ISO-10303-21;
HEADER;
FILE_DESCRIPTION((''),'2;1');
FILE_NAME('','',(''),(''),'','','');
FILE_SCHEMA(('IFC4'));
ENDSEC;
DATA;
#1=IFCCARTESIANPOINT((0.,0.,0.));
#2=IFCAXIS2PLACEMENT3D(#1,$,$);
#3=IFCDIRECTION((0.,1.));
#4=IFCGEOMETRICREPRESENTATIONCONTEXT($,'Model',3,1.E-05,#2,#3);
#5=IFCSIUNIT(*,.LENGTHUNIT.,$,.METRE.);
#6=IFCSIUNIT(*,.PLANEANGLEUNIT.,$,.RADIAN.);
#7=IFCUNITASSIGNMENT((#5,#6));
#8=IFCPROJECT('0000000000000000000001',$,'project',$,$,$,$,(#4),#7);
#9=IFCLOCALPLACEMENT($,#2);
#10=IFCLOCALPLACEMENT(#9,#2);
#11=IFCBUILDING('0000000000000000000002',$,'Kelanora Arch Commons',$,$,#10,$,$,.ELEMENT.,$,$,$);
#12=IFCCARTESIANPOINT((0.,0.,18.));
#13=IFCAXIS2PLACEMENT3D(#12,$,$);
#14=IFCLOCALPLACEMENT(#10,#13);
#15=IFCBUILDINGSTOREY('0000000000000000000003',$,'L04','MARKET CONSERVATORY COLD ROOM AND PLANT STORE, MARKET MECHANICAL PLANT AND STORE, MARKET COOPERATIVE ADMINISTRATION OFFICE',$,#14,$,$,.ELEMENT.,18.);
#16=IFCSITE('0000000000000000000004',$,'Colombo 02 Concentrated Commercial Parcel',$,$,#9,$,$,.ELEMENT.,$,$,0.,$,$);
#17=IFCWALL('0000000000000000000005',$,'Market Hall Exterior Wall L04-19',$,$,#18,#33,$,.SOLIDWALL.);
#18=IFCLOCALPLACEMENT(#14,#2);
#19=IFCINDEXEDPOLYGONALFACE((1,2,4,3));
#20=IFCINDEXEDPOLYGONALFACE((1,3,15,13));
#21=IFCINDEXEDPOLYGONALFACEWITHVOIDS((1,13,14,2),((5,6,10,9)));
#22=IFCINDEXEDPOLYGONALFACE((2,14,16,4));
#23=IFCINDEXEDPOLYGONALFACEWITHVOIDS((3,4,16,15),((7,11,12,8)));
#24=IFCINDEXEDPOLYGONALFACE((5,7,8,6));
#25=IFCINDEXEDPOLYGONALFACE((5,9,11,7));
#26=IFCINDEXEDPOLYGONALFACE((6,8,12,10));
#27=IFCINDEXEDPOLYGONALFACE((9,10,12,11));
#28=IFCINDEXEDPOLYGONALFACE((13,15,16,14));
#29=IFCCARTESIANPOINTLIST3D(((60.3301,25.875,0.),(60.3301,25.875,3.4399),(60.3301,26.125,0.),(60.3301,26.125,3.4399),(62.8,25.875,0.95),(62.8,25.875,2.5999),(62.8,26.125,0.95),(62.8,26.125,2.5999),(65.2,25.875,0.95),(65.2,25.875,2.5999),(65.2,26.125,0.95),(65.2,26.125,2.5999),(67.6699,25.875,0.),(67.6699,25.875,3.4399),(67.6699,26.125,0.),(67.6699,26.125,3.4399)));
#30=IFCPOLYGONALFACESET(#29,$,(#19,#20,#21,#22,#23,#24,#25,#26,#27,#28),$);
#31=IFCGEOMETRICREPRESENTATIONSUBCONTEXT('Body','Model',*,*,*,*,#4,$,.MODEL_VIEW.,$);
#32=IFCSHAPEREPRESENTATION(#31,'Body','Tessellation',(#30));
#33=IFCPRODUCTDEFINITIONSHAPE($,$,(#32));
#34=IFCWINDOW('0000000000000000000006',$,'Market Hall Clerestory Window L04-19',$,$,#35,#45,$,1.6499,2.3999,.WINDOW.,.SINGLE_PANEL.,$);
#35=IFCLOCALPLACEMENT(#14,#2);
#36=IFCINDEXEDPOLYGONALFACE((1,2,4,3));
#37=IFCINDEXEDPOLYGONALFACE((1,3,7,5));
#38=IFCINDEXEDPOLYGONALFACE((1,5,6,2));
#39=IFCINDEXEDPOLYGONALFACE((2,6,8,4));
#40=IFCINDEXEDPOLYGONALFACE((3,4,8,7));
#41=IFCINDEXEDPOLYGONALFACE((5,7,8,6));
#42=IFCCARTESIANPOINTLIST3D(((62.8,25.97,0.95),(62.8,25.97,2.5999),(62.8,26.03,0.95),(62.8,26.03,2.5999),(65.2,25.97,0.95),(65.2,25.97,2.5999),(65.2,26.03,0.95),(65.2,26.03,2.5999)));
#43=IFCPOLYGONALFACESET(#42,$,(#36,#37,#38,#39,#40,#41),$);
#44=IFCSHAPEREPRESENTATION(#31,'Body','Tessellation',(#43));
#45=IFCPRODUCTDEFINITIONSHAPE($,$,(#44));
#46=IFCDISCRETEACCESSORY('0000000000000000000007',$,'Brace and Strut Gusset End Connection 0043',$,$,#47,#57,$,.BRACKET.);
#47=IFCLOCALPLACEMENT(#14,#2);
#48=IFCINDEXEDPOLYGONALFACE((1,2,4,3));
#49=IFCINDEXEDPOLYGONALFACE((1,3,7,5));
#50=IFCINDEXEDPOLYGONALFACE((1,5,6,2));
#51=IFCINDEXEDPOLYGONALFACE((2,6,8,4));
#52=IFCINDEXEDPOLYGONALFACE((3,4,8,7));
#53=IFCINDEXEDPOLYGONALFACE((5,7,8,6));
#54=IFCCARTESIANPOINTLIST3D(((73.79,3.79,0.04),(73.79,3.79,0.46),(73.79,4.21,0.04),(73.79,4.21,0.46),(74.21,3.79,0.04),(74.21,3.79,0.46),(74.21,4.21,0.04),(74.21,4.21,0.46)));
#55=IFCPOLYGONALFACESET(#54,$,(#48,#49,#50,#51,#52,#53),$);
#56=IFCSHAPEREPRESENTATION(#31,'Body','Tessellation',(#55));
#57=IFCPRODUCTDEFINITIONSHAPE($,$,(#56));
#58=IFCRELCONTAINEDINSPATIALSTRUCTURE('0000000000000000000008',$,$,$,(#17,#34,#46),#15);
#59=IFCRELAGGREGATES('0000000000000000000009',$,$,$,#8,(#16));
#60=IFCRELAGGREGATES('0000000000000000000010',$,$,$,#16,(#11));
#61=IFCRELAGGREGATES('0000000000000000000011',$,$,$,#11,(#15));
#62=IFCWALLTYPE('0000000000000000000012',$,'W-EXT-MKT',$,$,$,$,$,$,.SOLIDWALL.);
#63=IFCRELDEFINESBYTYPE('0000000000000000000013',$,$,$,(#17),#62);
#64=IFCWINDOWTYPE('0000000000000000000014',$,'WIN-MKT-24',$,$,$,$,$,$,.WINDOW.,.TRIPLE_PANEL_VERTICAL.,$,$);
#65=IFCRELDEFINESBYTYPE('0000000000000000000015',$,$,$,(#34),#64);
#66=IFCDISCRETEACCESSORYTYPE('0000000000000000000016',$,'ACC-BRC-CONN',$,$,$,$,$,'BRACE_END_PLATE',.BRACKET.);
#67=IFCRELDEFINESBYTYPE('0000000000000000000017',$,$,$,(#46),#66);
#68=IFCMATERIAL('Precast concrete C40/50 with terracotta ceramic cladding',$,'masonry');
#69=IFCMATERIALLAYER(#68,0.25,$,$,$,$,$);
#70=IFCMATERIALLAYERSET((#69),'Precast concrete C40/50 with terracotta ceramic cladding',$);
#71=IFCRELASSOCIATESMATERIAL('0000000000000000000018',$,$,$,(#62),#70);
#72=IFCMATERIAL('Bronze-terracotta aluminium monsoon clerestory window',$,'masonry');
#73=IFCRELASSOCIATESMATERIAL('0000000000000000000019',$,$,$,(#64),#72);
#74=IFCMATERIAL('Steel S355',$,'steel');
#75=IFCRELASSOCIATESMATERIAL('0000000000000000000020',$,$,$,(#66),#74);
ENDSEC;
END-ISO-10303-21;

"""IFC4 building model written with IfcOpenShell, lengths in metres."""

from ifc_helpers import new_model, si_unit, direction, frame, frame_2d, origin, origin_2d, place, context, subcontext, project, spatial, rectangle, extrude, source, transform, mapped, material, layer, layer_set, type_object, element, fill, save


model = new_model("IFC4")

# Units and contexts
model_context = context("Model", 3, precision=1e-05, world=origin(), true_north=direction((0.0, 1.0)))
body_context = subcontext(model_context, "Body", "Model", "MODEL_VIEW")
ifc_project = project(units=[si_unit("LENGTHUNIT", "METRE"), si_unit("PLANEANGLEUNIT", "RADIAN")], contexts=[model_context])

# Site, building, storey
site_placement = place(None, origin())
site = spatial("IfcSite", under=ifc_project, at=site_placement, Name="Colombo 02 Concentrated Commercial Parcel", CompositionType="ELEMENT", RefElevation=0.0)
building_placement = place(site_placement, origin())
building = spatial("IfcBuilding", under=site, at=building_placement, Name="Kelanora Arch Commons", CompositionType="ELEMENT")
storey_placement = place(building_placement, frame((0.0, 0.0, 18.0)))
storey = spatial("IfcBuildingStorey", under=building, at=storey_placement, Name="L04", Description="MARKET CONSERVATORY COLD ROOM AND PLANT STORE, MARKET MECHANICAL PLANT AND STORE, MARKET COOPERATIVE ADMINISTRATION OFFICE", CompositionType="ELEMENT", Elevation=18.0)

# Shared definitions
ifc_material_1 = material(Name="Steel S355", Category="steel")

# Wall, opening, window
ifc_material_2 = material(Name="Precast concrete C40/50 with terracotta ceramic cladding", Category="masonry")
ifc_layer_1 = layer(ifc_material_2, 0.25)
ifc_layer_set_1 = layer_set([ifc_layer_1], Name="Precast concrete C40/50 with terracotta ceramic cladding")
wall_type_1 = type_object("IfcWallType", Name="W-EXT-MKT", PredefinedType="SOLIDWALL", material=ifc_layer_set_1)
ifc_material_3 = material(Name="Bronze-terracotta aluminium monsoon clerestory window", Category="masonry")
window_type = type_object("IfcWindowType", Name="WIN-MKT-24", PartitioningType="TRIPLE_PANEL_VERTICAL", PredefinedType="WINDOW", material=ifc_material_3)
wall_1_placement = place(storey_placement, frame((67.6699, 26.0, 0.0), z_axis=(0.0, 0.0, 1.0), x_axis=(-1.0, 0.0, 0.0)))
wall_1 = element("IfcWall", 1, at=wall_1_placement, inside=storey, type_object=wall_type_1, Name="Market Hall Exterior Wall L04-19", PredefinedType="SOLIDWALL", context=body_context, shape_type="SweptSolid", body=[
    extrude(rectangle(XDim=7.3398, YDim=0.25, at=frame_2d((3.6699, 0.0))), origin(), (0.0, 0.0, 1.0), 3.4399),
])
opening_1_placement = place(wall_1_placement, frame((2.47, 0.0, 0.95)))
opening_1 = element("IfcOpeningElement", 2, at=opening_1_placement, cuts=wall_1, PredefinedType="OPENING", context=body_context, shape_type="SweptSolid", body=[
    extrude(rectangle(XDim=2.3999, YDim=1.6499, at=frame_2d((1.2, 0.825))), frame((0.0, 0.135, 0.0), z_axis=(0.0, -1.0, 0.0), x_axis=(1.0, 0.0, 0.0)), (0.0, 0.0, 1.0), 0.27),
])
window_1_placement = place(opening_1_placement, origin())
window_1 = element("IfcWindow", 3, at=window_1_placement, inside=storey, type_object=window_type, Name="Market Hall Clerestory Window L04-19", OverallHeight=1.6499, OverallWidth=2.3999, PartitioningType="SINGLE_PANEL", PredefinedType="WINDOW", context=body_context, shape_type="SweptSolid", body=[
    extrude(rectangle(XDim=2.3999, YDim=1.6499, at=frame_2d((1.2, 0.825))), frame((0.0, 0.03, 0.0), z_axis=(0.0, -1.0, 0.0), x_axis=(1.0, 0.0, 0.0)), (0.0, 0.0, 1.0), 0.0601),
])
fill(opening_1, window_1)

# Discrete accessory
discrete_accessory_type = type_object("IfcDiscreteAccessoryType", Name="ACC-BRC-CONN", ElementType="BRACE_END_PLATE", PredefinedType="BRACKET", material=ifc_material_1)
shared_shape = source(origin(), body_context, "Body", "SweptSolid", [
    extrude(rectangle(XDim=0.4199, YDim=0.4199, at=origin_2d()), origin(), (0.0, 0.0, 1.0), 0.4199),
])
discrete_accessory_placement = place(storey_placement, frame((74.0, 4.0, 0.04), z_axis=(0.0, 0.0, 1.0), x_axis=(1.0, 0.0, 0.0)))
element("IfcDiscreteAccessory", 4, at=discrete_accessory_placement, inside=storey, type_object=discrete_accessory_type, Name="Brace and Strut Gusset End Connection 0043", PredefinedType="BRACKET", context=body_context, shape_type="MappedRepresentation", body=[
    mapped(shared_shape, transform((0.0, 0.0, 0.0), scale=1.0)),
])

save(model, "model.ifc")
